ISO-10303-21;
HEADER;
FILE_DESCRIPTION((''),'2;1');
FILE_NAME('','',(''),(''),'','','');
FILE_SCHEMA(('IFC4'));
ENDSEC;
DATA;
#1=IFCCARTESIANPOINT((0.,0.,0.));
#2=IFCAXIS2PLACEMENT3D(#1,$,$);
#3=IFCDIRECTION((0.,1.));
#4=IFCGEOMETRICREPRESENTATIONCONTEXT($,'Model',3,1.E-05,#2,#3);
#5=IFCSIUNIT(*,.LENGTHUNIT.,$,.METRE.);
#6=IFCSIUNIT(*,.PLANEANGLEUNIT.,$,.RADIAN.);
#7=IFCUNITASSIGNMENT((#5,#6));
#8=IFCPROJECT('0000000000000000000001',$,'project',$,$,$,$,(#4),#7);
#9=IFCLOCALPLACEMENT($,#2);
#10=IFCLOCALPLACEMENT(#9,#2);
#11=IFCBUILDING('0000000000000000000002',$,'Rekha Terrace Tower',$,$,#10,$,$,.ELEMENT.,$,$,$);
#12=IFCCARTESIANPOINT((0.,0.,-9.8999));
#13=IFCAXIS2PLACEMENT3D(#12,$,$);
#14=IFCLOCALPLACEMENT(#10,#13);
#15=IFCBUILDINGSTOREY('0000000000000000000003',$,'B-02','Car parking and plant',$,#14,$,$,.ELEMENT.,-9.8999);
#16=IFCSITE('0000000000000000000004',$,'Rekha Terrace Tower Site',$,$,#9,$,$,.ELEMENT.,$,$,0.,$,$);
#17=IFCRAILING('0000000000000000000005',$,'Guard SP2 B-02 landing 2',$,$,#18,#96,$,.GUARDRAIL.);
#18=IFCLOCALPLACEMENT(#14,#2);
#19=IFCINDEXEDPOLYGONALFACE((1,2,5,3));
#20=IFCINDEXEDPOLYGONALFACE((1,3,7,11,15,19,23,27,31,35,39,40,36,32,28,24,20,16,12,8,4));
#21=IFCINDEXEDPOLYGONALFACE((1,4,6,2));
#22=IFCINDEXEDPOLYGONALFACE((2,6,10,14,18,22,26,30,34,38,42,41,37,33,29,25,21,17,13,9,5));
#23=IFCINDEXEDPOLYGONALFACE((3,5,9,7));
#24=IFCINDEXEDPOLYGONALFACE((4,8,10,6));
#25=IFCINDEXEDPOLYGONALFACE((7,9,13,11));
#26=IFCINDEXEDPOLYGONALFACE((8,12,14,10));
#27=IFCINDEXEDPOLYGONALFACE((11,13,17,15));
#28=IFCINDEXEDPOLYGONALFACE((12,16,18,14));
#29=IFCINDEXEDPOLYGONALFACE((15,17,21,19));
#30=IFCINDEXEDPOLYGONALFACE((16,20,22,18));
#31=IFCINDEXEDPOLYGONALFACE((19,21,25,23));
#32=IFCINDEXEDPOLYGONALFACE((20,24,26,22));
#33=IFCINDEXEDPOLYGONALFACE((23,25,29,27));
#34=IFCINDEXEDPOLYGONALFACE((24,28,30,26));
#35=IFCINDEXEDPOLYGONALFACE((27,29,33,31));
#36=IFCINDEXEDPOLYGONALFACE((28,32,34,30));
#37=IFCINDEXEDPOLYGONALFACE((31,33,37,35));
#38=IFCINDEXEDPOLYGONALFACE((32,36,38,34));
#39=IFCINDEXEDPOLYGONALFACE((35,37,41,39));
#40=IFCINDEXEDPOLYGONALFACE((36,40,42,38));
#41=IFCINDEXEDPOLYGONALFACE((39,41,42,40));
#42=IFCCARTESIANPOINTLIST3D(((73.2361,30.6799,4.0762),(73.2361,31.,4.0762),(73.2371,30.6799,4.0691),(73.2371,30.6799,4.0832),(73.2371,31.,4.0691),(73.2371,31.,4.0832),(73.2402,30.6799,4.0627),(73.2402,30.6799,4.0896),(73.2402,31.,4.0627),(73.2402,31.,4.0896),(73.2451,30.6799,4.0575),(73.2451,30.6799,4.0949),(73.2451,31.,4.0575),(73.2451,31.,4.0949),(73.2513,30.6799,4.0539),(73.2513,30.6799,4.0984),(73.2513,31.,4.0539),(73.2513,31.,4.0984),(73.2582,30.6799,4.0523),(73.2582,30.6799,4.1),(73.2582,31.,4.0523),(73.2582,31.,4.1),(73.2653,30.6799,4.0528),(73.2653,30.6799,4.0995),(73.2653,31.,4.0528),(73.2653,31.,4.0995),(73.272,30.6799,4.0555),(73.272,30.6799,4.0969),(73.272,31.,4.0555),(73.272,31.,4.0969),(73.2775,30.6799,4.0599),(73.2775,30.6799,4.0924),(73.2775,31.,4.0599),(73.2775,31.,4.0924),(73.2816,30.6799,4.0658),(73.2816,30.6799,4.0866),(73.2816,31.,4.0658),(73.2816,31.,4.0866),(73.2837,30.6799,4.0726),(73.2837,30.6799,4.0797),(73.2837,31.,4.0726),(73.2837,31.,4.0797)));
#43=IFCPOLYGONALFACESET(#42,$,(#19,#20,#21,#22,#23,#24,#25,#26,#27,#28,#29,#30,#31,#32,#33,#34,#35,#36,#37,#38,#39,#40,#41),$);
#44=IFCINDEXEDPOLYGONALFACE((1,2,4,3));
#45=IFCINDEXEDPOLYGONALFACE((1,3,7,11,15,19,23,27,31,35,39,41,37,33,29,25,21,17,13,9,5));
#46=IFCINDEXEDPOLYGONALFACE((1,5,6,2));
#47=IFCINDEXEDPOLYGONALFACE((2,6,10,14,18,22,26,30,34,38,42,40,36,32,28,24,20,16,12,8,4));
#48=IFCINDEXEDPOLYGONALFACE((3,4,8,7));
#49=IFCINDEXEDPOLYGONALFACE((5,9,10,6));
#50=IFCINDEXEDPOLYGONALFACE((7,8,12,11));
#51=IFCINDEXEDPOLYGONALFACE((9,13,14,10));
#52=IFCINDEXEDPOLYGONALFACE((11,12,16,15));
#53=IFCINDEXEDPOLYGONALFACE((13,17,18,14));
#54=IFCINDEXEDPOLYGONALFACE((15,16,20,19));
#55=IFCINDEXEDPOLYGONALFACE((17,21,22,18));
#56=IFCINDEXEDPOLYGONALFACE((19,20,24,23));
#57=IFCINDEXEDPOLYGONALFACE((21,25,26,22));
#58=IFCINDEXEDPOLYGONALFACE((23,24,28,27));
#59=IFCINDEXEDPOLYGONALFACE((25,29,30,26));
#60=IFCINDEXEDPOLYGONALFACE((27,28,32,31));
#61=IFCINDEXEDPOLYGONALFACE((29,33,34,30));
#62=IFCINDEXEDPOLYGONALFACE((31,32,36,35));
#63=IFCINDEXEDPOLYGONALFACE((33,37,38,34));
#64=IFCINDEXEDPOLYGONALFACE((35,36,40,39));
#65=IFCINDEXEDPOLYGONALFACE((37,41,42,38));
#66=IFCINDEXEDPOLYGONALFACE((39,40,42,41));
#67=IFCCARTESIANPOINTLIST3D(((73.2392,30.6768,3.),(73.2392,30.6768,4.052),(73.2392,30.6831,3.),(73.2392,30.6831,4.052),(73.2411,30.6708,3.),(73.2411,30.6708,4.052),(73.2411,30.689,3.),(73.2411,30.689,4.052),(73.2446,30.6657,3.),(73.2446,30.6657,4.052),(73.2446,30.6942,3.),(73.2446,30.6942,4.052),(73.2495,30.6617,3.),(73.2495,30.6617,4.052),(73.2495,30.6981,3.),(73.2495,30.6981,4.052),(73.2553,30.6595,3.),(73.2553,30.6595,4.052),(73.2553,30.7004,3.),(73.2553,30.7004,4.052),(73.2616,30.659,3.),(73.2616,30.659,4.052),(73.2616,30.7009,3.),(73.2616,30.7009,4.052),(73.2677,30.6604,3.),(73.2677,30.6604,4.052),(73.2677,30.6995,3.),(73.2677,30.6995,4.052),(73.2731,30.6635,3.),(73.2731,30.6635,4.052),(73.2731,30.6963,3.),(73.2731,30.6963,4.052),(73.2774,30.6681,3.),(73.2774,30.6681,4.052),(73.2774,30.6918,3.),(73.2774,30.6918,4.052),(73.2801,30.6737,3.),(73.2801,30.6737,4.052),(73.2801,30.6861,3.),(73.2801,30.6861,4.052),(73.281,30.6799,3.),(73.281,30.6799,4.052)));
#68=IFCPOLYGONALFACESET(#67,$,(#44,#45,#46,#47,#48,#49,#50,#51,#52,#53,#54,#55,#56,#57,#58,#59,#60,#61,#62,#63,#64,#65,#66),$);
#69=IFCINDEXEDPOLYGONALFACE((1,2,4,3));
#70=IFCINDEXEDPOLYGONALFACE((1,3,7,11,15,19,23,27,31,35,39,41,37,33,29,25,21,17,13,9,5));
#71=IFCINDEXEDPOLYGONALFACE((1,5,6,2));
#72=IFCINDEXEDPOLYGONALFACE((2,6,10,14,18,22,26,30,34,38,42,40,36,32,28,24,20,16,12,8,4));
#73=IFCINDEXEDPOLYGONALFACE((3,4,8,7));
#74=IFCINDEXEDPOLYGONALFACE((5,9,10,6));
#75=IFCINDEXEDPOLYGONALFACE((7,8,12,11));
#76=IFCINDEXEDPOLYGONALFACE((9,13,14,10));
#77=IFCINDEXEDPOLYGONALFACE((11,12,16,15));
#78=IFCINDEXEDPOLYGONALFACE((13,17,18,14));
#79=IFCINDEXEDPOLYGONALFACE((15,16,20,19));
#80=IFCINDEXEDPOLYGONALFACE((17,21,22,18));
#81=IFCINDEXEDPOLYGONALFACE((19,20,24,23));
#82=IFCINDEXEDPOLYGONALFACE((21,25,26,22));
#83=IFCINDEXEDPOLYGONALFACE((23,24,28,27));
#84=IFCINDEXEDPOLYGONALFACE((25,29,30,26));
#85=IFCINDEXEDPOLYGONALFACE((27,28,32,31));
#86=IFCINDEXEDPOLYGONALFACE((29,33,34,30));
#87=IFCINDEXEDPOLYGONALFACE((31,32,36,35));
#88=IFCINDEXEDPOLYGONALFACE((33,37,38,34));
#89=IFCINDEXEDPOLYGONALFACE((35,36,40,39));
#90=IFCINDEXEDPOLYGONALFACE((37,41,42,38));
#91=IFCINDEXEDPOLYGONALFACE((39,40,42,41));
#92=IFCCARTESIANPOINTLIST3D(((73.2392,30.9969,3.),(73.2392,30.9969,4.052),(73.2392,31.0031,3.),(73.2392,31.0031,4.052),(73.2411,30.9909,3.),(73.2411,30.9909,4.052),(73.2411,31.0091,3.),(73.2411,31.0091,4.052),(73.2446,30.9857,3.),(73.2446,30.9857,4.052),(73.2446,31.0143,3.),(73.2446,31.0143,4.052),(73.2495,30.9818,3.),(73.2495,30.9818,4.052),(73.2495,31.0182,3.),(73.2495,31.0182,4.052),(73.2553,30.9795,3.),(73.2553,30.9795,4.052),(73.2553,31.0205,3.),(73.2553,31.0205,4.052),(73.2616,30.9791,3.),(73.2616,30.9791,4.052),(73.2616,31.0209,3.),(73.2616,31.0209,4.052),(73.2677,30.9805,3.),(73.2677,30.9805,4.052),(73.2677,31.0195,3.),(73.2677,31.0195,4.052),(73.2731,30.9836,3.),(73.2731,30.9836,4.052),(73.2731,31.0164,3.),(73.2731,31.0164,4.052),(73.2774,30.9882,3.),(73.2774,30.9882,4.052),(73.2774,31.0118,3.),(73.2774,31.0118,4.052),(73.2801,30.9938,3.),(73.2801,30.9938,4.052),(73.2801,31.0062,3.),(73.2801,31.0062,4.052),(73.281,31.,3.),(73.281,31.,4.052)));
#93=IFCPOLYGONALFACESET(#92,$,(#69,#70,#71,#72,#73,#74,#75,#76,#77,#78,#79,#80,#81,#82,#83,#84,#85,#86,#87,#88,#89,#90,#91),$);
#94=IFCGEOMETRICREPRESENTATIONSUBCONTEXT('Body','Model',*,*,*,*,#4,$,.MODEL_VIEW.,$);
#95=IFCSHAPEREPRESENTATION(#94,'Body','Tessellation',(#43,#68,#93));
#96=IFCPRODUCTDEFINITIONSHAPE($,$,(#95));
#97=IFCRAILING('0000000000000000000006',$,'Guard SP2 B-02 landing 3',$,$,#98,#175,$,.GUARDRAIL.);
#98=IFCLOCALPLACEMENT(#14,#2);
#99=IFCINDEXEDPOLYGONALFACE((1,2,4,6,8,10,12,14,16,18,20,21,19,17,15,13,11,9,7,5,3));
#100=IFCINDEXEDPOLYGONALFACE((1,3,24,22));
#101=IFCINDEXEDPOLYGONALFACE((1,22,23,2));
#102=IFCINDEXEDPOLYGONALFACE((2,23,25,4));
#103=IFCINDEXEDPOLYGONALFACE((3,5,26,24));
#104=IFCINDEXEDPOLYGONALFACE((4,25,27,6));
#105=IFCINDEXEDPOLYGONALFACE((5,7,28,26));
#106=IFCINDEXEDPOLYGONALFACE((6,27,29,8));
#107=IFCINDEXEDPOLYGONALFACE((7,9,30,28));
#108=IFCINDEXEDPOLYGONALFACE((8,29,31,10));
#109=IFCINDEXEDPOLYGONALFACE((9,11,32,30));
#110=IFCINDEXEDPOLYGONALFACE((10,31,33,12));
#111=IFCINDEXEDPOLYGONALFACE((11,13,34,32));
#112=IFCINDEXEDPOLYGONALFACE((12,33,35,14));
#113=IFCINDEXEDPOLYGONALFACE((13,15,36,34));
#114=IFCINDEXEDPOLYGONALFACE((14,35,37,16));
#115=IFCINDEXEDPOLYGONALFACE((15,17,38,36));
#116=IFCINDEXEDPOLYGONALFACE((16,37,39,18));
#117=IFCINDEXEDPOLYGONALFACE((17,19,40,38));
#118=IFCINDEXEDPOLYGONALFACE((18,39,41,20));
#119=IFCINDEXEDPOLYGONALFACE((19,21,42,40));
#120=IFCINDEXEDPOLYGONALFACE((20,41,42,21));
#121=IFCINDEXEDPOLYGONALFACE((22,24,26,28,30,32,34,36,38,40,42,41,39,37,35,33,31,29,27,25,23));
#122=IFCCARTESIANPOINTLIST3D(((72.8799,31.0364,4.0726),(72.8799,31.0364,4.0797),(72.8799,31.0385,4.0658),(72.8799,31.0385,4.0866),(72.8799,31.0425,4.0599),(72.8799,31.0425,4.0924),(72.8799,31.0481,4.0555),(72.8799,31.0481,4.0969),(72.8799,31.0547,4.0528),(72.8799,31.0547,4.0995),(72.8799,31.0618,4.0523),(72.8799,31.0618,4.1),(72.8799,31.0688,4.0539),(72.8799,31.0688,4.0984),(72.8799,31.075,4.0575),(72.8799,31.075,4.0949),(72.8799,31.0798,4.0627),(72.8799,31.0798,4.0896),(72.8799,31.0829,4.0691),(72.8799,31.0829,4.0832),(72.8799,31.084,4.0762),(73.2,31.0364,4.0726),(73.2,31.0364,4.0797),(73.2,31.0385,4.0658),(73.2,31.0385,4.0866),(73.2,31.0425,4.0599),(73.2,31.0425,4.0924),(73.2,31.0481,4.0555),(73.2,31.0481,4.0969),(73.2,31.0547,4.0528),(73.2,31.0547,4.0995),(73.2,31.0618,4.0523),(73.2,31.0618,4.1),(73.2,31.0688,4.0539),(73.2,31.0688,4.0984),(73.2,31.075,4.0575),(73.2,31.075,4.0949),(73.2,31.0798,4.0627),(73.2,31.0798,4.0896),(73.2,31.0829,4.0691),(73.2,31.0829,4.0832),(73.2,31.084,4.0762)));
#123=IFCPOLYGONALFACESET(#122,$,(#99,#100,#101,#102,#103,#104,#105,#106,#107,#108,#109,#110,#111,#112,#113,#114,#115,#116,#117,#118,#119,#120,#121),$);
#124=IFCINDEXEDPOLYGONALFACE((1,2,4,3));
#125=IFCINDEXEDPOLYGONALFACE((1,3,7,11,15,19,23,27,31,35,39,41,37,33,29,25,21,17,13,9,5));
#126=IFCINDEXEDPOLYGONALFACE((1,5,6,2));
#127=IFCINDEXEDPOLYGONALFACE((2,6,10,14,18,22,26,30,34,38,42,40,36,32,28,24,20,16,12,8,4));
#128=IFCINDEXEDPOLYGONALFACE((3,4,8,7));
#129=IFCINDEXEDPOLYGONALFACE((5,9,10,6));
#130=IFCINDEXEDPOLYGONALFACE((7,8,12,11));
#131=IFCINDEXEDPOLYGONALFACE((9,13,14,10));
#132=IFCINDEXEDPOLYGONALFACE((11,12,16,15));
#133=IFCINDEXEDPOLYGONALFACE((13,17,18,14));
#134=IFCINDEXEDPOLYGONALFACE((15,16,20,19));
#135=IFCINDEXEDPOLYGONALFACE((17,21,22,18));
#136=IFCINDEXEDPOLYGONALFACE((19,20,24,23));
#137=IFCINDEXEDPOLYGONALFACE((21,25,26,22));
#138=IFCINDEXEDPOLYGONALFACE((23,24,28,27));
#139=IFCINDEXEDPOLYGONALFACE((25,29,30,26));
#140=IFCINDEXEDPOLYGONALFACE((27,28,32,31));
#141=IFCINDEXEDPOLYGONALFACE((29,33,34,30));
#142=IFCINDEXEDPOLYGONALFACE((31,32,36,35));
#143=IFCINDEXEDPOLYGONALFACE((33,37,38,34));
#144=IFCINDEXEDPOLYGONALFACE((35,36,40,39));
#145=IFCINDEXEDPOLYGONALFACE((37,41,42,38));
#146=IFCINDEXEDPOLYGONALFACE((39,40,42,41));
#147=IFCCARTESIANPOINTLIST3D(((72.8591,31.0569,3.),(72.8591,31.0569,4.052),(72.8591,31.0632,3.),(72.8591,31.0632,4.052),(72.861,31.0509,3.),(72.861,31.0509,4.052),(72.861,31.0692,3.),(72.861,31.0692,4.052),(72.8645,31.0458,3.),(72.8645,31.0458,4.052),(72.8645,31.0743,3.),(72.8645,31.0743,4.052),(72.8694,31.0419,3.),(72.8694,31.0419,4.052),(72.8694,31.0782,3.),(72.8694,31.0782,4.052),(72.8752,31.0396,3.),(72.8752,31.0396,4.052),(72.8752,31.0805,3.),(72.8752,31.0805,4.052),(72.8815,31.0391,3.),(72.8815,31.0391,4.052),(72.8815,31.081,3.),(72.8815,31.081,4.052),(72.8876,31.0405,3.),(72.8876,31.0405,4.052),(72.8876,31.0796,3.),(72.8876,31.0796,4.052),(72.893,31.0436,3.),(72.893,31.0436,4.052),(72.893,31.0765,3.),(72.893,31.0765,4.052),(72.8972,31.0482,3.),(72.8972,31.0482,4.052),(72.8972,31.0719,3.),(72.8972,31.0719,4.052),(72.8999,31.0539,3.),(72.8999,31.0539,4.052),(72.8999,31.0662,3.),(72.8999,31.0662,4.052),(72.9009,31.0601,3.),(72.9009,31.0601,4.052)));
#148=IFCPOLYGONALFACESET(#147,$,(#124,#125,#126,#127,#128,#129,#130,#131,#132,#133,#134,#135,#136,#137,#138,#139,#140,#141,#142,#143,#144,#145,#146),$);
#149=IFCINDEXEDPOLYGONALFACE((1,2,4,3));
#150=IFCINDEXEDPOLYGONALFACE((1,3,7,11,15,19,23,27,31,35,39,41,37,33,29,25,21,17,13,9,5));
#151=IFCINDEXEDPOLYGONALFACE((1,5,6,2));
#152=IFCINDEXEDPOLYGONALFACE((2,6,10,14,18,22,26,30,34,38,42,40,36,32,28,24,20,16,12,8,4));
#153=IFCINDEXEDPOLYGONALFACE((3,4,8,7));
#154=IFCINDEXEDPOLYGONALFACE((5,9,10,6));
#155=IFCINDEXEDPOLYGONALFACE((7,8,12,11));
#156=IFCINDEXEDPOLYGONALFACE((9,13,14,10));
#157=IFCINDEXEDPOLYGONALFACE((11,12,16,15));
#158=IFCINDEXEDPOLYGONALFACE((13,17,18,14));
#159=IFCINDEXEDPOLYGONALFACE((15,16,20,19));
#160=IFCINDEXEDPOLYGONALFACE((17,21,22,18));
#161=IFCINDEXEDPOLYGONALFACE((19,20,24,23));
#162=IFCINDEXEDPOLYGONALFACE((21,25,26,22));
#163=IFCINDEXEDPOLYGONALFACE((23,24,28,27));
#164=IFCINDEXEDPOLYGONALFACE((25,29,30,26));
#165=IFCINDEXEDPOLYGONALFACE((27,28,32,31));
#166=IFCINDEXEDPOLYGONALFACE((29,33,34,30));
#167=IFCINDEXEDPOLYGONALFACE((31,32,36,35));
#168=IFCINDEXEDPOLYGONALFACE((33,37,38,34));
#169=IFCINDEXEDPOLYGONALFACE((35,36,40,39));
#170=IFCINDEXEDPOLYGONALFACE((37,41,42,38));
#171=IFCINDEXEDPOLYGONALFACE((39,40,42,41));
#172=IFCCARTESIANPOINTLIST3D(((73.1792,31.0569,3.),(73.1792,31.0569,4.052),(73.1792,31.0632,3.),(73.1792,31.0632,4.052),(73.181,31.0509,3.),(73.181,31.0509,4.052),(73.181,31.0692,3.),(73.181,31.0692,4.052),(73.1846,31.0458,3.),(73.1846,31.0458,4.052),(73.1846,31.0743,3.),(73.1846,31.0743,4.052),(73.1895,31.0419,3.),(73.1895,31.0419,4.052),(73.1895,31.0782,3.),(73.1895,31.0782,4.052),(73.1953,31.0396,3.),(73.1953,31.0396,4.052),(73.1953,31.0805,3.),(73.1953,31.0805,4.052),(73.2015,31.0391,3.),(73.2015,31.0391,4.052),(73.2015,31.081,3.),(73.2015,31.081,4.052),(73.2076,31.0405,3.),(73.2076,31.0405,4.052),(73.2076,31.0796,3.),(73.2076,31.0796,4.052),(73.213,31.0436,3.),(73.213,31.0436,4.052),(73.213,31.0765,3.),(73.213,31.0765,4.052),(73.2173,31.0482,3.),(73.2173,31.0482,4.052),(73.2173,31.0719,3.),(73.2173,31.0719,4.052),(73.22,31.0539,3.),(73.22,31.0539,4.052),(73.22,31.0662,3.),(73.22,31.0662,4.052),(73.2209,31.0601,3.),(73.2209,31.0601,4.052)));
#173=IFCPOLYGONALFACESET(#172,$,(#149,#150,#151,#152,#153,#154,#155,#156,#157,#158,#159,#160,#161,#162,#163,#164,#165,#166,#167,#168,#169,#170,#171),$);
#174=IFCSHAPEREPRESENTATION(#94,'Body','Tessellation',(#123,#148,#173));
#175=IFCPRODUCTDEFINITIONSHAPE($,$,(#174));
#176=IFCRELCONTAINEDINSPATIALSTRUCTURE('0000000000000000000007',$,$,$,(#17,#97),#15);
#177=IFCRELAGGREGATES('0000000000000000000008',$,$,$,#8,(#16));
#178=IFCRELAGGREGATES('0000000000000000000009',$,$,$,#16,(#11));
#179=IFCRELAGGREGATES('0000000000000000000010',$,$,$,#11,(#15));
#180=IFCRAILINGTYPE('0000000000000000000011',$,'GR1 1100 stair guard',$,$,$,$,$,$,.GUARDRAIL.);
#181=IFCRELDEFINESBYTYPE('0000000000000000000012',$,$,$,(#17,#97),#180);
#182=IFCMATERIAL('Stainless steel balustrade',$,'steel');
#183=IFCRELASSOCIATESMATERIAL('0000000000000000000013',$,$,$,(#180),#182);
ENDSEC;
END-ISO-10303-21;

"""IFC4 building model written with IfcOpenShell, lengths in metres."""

from ifc_helpers import new_model, si_unit, direction, frame, origin, origin_2d, place, context, subcontext, project, spatial, circle, extrude, material, type_object, element, save


model = new_model("IFC4")

# Units and contexts
model_context = context("Model", 3, precision=1e-05, world=origin(), true_north=direction((0.0, 1.0)))
body_context = subcontext(model_context, "Body", "Model", "MODEL_VIEW")
ifc_project = project(units=[si_unit("LENGTHUNIT", "METRE"), si_unit("PLANEANGLEUNIT", "RADIAN")], contexts=[model_context])

# Site, building, storey
site_placement = place(None, origin())
site = spatial("IfcSite", under=ifc_project, at=site_placement, Name="Rekha Terrace Tower Site", CompositionType="ELEMENT", RefElevation=0.0)
building_placement = place(site_placement, origin())
building = spatial("IfcBuilding", under=site, at=building_placement, Name="Rekha Terrace Tower", CompositionType="ELEMENT")
storey_placement = place(building_placement, frame((0.0, 0.0, -9.8999)))
storey = spatial("IfcBuildingStorey", under=building, at=storey_placement, Name="B-02", Description="Car parking and plant", CompositionType="ELEMENT", Elevation=-9.8999)

# Railings
ifc_material_1 = material(Name="Stainless steel balustrade", Category="steel")
railing_type_1 = type_object("IfcRailingType", Name="GR1 1100 stair guard", PredefinedType="GUARDRAIL", material=ifc_material_1)
railing_1_placement = place(storey_placement, frame((73.26, 30.6799, 3.0)))
element("IfcRailing", 1, at=railing_1_placement, inside=storey, type_object=railing_type_1, Name="Guard SP2 B-02 landing 2", PredefinedType="GUARDRAIL", context=body_context, shape_type="SweptSolid", body=[
    extrude(circle(Radius=0.0239, at=origin_2d()), frame((0.0, 0.0, 1.0762), z_axis=(0.0, 1.0, 0.0), x_axis=(-1.0, 0.0, 0.0)), (0.0, 0.0, 1.0), 0.3201),
    extrude(circle(Radius=0.021, at=origin_2d()), origin(), (0.0, 0.0, 1.0), 1.052),
    extrude(circle(Radius=0.021, at=origin_2d()), frame((0.0, 0.3201, 0.0)), (0.0, 0.0, 1.0), 1.052),
])
railing_2_placement = place(storey_placement, frame((72.8799, 31.0601, 3.0)))
element("IfcRailing", 2, at=railing_2_placement, inside=storey, type_object=railing_type_1, Name="Guard SP2 B-02 landing 3", PredefinedType="GUARDRAIL", context=body_context, shape_type="SweptSolid", body=[
    extrude(circle(Radius=0.0239, at=origin_2d()), frame((0.0, 0.0, 1.0762), z_axis=(1.0, 0.0, 0.0), x_axis=(0.0, 1.0, 0.0)), (0.0, 0.0, 1.0), 0.3201),
    extrude(circle(Radius=0.021, at=origin_2d()), origin(), (0.0, 0.0, 1.0), 1.052),
    extrude(circle(Radius=0.021, at=origin_2d()), frame((0.3201, 0.0, 0.0)), (0.0, 0.0, 1.0), 1.052),
])

save(model, "model.ifc")
